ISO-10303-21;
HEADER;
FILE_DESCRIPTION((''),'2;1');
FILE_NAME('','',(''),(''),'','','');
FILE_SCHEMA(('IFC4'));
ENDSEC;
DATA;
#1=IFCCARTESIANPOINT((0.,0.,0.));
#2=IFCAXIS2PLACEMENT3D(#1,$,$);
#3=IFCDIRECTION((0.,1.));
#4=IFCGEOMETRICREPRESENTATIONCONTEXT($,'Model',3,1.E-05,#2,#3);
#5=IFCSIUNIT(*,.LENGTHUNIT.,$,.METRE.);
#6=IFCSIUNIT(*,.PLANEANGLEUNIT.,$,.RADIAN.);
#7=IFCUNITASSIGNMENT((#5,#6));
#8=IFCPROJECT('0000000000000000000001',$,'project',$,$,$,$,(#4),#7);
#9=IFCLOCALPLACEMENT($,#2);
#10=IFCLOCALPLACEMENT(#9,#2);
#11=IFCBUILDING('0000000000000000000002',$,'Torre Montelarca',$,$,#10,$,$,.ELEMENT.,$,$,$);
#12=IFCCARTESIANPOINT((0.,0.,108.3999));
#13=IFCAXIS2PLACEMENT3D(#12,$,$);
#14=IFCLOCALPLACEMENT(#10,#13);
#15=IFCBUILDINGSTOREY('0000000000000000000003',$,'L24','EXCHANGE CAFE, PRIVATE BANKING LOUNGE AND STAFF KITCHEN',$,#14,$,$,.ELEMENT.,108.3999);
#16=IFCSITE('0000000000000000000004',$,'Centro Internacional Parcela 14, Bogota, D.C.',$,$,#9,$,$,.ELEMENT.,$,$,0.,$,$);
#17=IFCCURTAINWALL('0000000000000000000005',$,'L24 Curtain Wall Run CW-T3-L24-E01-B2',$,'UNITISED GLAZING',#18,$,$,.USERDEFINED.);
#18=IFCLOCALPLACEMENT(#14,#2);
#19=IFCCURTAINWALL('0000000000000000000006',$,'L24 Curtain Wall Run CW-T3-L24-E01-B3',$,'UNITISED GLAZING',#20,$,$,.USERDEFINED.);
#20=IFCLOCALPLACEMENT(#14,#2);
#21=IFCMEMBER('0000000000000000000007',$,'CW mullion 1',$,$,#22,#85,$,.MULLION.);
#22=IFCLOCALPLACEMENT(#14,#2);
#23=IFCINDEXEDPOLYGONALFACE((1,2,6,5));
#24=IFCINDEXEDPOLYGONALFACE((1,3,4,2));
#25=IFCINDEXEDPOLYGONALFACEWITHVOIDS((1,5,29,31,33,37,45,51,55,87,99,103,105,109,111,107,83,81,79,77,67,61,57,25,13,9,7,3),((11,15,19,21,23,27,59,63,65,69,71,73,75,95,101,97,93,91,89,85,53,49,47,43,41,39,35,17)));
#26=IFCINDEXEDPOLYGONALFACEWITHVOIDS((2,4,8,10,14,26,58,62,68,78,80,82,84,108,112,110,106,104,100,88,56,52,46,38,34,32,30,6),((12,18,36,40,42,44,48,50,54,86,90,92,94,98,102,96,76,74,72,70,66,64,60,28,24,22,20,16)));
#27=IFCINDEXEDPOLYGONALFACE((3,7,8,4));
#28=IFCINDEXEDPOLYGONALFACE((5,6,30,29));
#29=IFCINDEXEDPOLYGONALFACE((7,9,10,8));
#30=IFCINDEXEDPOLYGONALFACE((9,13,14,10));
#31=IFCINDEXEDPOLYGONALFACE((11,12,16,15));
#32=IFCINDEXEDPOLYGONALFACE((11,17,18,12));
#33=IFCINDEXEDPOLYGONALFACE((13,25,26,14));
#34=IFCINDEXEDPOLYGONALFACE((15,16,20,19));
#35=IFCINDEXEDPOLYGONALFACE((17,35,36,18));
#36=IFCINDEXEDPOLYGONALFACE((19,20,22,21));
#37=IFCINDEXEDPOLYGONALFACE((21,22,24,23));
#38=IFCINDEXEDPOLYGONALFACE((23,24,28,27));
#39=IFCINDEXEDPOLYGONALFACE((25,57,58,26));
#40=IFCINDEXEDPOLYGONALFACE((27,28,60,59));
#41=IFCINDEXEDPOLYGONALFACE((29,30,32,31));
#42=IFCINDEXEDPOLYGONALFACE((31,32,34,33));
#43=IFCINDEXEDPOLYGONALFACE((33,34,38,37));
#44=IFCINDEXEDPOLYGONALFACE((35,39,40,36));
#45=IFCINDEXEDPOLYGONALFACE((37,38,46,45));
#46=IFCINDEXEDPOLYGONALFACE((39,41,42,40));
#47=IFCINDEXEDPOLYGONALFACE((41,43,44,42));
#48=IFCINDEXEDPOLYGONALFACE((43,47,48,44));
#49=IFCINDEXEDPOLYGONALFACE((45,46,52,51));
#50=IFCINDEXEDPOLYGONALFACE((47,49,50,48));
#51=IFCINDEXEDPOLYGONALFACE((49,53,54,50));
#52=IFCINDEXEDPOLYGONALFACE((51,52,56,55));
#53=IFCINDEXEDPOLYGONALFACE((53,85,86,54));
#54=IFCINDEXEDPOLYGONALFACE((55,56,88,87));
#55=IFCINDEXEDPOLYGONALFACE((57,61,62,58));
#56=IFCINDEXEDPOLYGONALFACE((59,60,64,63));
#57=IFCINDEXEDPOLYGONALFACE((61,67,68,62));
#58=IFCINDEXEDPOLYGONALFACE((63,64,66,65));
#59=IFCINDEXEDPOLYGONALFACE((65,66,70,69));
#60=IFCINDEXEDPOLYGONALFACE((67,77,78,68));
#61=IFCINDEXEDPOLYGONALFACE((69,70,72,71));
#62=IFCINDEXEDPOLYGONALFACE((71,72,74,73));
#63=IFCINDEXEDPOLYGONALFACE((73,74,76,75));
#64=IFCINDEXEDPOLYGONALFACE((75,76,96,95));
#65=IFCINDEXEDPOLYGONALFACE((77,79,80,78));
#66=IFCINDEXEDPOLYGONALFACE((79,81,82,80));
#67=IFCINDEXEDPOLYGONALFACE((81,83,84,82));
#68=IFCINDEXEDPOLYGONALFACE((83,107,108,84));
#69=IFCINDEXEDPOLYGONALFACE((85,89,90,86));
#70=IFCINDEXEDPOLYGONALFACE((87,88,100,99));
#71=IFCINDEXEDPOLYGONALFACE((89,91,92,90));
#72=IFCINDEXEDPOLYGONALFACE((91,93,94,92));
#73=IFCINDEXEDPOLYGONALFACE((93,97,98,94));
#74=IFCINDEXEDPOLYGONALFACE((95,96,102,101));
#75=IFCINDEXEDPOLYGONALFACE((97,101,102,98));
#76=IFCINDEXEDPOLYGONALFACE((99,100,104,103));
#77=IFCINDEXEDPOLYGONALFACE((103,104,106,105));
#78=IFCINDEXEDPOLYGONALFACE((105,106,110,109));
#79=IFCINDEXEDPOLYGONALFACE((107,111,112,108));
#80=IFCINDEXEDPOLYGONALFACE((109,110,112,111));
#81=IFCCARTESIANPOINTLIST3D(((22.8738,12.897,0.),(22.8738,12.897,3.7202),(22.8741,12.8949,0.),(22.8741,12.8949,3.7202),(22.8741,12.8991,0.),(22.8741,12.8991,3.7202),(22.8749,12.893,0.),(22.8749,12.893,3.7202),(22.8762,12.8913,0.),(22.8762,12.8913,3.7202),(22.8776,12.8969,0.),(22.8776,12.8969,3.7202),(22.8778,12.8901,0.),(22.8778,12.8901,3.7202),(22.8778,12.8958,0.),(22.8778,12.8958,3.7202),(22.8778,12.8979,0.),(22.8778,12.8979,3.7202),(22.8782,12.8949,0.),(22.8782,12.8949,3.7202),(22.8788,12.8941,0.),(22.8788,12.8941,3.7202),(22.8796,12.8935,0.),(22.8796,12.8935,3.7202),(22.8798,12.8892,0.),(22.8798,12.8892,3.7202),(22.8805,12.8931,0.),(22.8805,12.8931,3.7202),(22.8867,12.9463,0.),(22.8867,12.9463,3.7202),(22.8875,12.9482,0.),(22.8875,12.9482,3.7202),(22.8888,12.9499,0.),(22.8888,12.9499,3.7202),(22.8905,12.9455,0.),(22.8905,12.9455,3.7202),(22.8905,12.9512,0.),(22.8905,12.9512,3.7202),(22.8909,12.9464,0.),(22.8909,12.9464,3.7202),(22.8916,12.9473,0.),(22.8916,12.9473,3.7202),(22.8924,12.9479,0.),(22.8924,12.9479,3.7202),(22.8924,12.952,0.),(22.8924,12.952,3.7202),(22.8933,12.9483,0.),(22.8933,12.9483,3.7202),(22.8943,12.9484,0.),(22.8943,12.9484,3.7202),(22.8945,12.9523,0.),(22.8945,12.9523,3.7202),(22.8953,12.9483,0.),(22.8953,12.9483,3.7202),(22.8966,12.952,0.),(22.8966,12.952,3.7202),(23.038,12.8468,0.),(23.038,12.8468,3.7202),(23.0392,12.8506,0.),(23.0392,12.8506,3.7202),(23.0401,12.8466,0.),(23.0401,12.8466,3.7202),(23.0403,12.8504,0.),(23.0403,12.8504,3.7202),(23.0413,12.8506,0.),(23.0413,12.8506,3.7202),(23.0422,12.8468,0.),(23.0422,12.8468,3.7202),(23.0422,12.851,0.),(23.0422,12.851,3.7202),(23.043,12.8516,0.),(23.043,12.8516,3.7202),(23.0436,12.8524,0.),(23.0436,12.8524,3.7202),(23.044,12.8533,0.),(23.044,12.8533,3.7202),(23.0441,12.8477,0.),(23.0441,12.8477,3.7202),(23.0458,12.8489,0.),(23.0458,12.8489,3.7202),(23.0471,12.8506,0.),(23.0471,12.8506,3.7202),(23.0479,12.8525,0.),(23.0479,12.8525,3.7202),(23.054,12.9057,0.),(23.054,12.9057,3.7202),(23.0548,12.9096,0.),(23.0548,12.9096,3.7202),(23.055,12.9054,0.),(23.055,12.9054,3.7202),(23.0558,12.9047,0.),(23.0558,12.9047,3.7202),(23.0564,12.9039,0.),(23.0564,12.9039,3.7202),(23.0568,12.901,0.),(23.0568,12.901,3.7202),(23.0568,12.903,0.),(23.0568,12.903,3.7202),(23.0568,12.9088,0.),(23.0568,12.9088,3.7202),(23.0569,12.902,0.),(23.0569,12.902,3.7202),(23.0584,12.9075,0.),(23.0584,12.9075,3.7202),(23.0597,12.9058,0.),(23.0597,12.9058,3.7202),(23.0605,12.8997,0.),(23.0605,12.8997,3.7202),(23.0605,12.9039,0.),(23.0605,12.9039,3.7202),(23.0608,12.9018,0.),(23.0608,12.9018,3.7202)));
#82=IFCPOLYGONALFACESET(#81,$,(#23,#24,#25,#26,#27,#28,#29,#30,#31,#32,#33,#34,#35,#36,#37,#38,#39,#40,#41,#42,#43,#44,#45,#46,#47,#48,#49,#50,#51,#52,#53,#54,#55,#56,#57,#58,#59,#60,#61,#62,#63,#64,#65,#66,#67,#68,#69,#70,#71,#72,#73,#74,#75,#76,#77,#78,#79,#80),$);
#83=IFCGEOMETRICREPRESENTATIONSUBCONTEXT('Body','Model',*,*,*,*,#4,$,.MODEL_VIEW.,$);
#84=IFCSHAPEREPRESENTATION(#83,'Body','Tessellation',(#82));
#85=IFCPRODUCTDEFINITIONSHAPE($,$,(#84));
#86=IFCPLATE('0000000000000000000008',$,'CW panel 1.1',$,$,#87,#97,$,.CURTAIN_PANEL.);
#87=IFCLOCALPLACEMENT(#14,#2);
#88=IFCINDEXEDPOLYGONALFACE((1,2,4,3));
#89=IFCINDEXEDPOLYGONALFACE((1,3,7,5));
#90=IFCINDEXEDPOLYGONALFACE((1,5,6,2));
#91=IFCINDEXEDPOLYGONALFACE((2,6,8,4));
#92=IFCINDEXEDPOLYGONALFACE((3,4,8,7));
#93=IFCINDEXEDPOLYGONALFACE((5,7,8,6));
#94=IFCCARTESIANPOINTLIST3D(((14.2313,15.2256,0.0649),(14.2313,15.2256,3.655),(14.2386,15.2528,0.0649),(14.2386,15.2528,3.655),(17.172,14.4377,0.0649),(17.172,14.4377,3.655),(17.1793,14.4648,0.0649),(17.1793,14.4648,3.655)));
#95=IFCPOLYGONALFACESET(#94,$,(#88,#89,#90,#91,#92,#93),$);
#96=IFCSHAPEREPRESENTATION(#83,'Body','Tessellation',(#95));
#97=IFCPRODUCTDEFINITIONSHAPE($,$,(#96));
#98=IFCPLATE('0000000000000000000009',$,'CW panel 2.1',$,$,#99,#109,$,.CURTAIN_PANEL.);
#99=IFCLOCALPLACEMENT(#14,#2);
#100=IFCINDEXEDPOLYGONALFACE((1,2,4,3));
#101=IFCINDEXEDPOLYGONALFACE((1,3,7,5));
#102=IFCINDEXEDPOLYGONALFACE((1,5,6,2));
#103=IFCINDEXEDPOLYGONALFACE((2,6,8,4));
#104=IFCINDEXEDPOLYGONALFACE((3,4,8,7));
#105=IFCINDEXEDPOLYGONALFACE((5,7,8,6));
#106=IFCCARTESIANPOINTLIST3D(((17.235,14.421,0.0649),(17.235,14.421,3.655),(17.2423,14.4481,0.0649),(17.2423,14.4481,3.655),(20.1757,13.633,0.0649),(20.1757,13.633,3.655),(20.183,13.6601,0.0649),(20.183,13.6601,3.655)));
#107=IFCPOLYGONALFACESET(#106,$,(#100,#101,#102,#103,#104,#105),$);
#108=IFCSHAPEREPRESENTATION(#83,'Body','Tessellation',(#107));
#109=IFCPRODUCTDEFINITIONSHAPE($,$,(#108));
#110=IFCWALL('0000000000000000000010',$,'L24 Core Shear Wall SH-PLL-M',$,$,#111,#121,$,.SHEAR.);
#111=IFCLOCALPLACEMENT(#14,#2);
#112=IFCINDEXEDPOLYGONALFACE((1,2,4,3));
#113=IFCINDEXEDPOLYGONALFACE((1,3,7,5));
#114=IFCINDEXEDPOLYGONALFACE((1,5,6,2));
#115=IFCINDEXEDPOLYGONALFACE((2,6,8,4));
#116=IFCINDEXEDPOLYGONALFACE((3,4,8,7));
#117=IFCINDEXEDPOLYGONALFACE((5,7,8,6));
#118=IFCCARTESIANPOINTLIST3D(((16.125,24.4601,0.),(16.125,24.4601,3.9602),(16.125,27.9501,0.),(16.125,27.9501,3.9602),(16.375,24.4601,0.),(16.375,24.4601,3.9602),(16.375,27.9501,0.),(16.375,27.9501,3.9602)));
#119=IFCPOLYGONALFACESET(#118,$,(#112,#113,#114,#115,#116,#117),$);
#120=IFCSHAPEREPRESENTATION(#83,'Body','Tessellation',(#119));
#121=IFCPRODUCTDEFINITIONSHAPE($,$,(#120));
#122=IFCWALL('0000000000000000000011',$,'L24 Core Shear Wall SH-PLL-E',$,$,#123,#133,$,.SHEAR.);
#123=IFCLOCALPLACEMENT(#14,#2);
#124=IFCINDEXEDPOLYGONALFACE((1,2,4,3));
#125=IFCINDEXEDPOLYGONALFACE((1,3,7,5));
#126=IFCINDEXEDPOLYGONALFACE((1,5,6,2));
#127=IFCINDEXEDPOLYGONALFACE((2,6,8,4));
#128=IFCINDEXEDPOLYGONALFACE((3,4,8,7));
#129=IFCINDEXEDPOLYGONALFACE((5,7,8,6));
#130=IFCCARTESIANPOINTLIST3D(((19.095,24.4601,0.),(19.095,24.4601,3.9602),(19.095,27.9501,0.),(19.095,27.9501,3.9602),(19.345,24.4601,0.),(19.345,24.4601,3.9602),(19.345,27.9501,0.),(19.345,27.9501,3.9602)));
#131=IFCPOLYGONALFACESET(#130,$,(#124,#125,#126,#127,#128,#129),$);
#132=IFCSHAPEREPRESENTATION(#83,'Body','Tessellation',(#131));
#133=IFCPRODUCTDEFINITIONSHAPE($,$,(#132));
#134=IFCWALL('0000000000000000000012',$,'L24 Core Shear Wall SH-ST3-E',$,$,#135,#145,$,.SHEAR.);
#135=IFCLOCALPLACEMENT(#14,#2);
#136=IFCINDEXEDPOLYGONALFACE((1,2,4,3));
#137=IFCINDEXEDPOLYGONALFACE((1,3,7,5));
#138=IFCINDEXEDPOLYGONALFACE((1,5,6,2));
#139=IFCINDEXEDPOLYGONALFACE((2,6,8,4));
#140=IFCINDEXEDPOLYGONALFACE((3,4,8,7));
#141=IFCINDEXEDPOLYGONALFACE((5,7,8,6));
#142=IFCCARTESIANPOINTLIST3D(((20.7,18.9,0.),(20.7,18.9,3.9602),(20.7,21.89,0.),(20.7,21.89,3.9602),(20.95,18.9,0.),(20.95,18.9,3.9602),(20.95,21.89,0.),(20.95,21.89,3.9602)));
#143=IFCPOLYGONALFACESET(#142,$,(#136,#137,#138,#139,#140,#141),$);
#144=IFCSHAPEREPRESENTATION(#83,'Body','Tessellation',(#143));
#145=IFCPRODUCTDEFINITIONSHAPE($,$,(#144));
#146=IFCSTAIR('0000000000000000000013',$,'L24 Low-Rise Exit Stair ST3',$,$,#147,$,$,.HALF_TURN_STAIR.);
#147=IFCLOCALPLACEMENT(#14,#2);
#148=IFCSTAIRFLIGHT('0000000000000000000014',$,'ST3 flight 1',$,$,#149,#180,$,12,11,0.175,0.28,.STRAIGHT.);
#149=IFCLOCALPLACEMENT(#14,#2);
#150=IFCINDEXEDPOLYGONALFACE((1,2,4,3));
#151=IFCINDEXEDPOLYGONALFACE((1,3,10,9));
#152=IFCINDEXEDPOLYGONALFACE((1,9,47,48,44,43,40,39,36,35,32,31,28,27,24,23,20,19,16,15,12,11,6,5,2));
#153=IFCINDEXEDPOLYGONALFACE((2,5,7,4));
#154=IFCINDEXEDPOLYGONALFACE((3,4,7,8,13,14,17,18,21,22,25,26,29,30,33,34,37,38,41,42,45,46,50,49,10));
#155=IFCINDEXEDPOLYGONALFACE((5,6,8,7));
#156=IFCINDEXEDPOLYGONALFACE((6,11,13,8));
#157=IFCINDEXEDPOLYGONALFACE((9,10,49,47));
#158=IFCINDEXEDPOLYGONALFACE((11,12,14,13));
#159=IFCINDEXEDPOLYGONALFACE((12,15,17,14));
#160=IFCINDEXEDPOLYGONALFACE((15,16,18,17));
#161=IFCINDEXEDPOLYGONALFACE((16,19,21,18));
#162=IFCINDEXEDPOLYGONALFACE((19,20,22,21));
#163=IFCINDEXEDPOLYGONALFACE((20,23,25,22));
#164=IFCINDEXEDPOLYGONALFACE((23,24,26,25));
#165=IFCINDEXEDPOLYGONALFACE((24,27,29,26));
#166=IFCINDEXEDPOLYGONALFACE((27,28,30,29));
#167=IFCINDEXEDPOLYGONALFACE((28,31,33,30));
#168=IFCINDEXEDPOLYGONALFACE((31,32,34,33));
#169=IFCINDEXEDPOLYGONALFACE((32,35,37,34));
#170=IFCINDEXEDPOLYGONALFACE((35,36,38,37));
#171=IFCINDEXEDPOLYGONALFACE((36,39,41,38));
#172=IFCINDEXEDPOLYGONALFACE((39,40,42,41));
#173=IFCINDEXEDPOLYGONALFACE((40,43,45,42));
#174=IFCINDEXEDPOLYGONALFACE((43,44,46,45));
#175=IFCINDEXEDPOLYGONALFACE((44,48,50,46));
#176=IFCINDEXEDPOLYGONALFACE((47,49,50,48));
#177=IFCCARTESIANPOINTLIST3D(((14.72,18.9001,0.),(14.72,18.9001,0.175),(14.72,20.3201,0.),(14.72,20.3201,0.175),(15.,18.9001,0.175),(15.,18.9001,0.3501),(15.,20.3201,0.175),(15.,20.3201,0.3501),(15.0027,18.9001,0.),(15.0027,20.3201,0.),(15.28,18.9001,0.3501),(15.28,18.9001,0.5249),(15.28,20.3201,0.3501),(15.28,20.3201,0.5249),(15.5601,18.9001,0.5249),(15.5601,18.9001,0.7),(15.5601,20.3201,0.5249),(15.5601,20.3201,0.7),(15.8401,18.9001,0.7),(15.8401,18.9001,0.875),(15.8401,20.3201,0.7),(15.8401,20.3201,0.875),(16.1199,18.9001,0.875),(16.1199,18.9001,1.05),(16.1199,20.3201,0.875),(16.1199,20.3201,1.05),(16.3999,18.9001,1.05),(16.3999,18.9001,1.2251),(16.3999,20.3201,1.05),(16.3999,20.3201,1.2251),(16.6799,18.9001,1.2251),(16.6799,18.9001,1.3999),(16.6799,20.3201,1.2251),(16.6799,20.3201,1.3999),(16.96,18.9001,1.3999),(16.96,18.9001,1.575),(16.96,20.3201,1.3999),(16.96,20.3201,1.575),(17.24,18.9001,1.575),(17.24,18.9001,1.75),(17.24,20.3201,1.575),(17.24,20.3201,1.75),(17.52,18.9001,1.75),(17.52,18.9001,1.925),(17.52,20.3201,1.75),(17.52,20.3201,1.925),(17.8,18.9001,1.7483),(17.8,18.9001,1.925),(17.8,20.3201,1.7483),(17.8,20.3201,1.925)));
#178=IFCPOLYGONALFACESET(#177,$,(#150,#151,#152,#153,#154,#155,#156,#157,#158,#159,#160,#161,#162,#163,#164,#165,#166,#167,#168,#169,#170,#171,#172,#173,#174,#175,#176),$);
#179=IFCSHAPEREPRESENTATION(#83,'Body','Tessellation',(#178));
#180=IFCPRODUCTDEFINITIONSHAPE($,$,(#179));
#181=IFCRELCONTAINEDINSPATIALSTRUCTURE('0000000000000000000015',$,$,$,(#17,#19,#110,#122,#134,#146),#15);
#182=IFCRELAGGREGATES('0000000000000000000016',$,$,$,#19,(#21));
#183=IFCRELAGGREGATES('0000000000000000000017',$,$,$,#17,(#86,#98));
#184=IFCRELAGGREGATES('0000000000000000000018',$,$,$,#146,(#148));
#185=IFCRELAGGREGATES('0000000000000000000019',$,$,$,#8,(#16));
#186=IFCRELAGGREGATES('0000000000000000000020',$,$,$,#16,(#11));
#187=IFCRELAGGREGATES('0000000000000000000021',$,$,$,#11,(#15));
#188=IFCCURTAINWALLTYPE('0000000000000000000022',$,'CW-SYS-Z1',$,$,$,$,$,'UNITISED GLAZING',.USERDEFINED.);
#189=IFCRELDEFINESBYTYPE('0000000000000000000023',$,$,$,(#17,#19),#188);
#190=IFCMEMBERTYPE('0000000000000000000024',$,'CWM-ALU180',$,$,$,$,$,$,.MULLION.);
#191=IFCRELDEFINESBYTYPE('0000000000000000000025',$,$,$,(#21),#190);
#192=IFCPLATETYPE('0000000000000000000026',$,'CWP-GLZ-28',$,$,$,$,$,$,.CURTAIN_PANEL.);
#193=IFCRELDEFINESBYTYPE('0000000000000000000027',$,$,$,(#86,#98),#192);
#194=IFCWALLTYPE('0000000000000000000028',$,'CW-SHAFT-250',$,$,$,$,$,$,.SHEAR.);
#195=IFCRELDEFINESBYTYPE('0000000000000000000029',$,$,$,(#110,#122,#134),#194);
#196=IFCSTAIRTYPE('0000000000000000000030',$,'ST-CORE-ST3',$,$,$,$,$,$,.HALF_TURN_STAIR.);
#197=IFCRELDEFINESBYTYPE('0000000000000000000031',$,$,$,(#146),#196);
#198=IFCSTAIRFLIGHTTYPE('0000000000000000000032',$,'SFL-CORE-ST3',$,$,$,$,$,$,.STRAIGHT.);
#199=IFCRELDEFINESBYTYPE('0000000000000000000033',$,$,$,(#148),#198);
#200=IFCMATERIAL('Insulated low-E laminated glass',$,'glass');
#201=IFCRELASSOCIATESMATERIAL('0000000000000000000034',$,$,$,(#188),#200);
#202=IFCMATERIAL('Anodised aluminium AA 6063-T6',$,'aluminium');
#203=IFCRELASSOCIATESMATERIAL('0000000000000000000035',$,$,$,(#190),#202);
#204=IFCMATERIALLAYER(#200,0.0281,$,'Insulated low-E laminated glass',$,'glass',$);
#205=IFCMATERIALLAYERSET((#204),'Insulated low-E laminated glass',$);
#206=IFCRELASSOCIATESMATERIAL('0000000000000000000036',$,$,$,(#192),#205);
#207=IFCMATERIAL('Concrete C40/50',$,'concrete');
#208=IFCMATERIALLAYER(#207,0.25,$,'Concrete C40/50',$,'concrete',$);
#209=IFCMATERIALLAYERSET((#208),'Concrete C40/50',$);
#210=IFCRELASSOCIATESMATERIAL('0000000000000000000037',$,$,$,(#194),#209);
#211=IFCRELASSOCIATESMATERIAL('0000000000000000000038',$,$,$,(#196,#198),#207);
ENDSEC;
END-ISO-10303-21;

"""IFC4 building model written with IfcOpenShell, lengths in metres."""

from ifc_helpers import new_model, si_unit, direction, frame, frame_2d, origin, origin_2d, place, context, subcontext, project, spatial, polyline, rectangle, hollow_rectangle, outline, extrude, source, transform, mapped, material, layer, layer_set, material_profile, profile_set, type_object, element, aggregate, save


model = new_model("IFC4")

# Units and contexts
model_context = context("Model", 3, precision=1e-05, world=origin(), true_north=direction((0.0, 1.0)))
body_context = subcontext(model_context, "Body", "Model", "MODEL_VIEW")
ifc_project = project(units=[si_unit("LENGTHUNIT", "METRE"), si_unit("PLANEANGLEUNIT", "RADIAN")], contexts=[model_context])

# Site, building, storey
site_placement = place(None, origin())
site = spatial("IfcSite", under=ifc_project, at=site_placement, Name="Centro Internacional Parcela 14, Bogota, D.C.", CompositionType="ELEMENT", RefElevation=0.0)
building_placement = place(site_placement, origin())
building = spatial("IfcBuilding", under=site, at=building_placement, Name="Torre Montelarca", CompositionType="ELEMENT")
storey_placement = place(building_placement, frame((0.0, 0.0, 108.3999)))
storey = spatial("IfcBuildingStorey", under=building, at=storey_placement, Name="L24", Description="EXCHANGE CAFE, PRIVATE BANKING LOUNGE AND STAFF KITCHEN", CompositionType="ELEMENT", Elevation=108.3999)

# Curtain wall
ifc_material_1 = material(Name="Insulated low-E laminated glass", Category="glass")
curtain_wall_type = type_object("IfcCurtainWallType", Name="CW-SYS-Z1", ElementType="UNITISED GLAZING", PredefinedType="USERDEFINED", material=ifc_material_1)
curtain_wall_1_placement = place(storey_placement, origin())
curtain_wall_1 = element("IfcCurtainWall", 1, at=curtain_wall_1_placement, inside=storey, type_object=curtain_wall_type, Name="L24 Curtain Wall Run CW-T3-L24-E01-B2", ObjectType="UNITISED GLAZING", PredefinedType="USERDEFINED")
ifc_material_2 = material(Name="Anodised aluminium AA 6063-T6", Category="aluminium")
ifc_material_profile_1 = material_profile(ifc_material_2, hollow_rectangle(XDim=0.0649, YDim=0.1799, WallThickness=0.0039, InnerFilletRadius=0.0039, OuterFilletRadius=0.0081, at=origin_2d()), Name="ALU65X180X4", Category="aluminium")
ifc_profile_set_1 = profile_set([ifc_material_profile_1], Name="Anodised aluminium AA 6063-T6")
member_type_1 = type_object("IfcMemberType", Name="CWM-ALU180", PredefinedType="MULLION", material=ifc_profile_set_1)
shared_shape_1 = source(origin(), body_context, "Body", "SweptSolid", [
    extrude(hollow_rectangle(XDim=0.0649, YDim=0.1799, WallThickness=0.0039, InnerFilletRadius=0.0039, OuterFilletRadius=0.0081, at=origin_2d()), origin(), (0.0, 0.0, 1.0), 3.7202),
])

# Curtain wall, member
curtain_wall_2_placement = place(storey_placement, origin())
curtain_wall_2 = element("IfcCurtainWall", 2, at=curtain_wall_2_placement, inside=storey, type_object=curtain_wall_type, Name="L24 Curtain Wall Run CW-T3-L24-E01-B3", ObjectType="UNITISED GLAZING", PredefinedType="USERDEFINED")
member_1_placement = place(storey_placement, frame((22.9673, 12.8994, 0.0), z_axis=(0.0, 0.0, 1.0), x_axis=(0.258822, 0.965925, 0.0)))
member_1 = element("IfcMember", 3, at=member_1_placement, type_object=member_type_1, Name="CW mullion 1", PredefinedType="MULLION", context=body_context, shape_type="MappedRepresentation", body=[
    mapped(shared_shape_1, transform((0.0, 0.0, 0.0), scale=1.0)),
])
aggregate(curtain_wall_2, [member_1])

# Plates
ifc_layer_1 = layer(ifc_material_1, 0.0281, Name="Insulated low-E laminated glass", Category="glass")
ifc_layer_set_1 = layer_set([ifc_layer_1], Name="Insulated low-E laminated glass")
plate_type = type_object("IfcPlateType", Name="CWP-GLZ-28", PredefinedType="CURTAIN_PANEL", material=ifc_layer_set_1)
shared_shape_2 = source(origin(), body_context, "Body", "SweptSolid", [
    extrude(rectangle(XDim=3.0444, YDim=0.0281, at=origin_2d()), origin(), (0.0, 0.0, 1.0), 3.5901),
])
plate_1_placement = place(storey_placement, frame((15.7053, 14.8452, 0.0649), z_axis=(0.0, 0.0, 1.0), x_axis=(0.965925, -0.258823, 0.0)))
plate_1 = element("IfcPlate", 4, at=plate_1_placement, type_object=plate_type, Name="CW panel 1.1", PredefinedType="CURTAIN_PANEL", context=body_context, shape_type="MappedRepresentation", body=[
    mapped(shared_shape_2, transform((0.0, 0.0, 0.0), scale=1.0)),
])
plate_2_placement = place(storey_placement, frame((18.709, 14.0405, 0.0649), z_axis=(0.0, 0.0, 1.0), x_axis=(0.965925, -0.258823, 0.0)))
plate_2 = element("IfcPlate", 5, at=plate_2_placement, type_object=plate_type, Name="CW panel 2.1", PredefinedType="CURTAIN_PANEL", context=body_context, shape_type="MappedRepresentation", body=[
    mapped(shared_shape_2, transform((0.0, 0.0, 0.0), scale=1.0)),
])
aggregate(curtain_wall_1, [plate_1, plate_2])

# Walls
ifc_material_3 = material(Name="Concrete C40/50", Category="concrete")
ifc_layer_2 = layer(ifc_material_3, 0.25, Name="Concrete C40/50", Category="concrete")
ifc_layer_set_2 = layer_set([ifc_layer_2], Name="Concrete C40/50")
wall_type = type_object("IfcWallType", Name="CW-SHAFT-250", PredefinedType="SHEAR", material=ifc_layer_set_2)
for number, where, z_axis, x_axis, name in (
    (6, (16.25, 24.46, 0.0), (0.0, 0.0, 1.0), (0.0, 1.0, 0.0), "L24 Core Shear Wall SH-PLL-M"),
    (7, (19.22, 24.46, 0.0), (0.0, 0.0, 1.0), (0.0, 1.0, 0.0), "L24 Core Shear Wall SH-PLL-E"),
):
    element("IfcWall", number, at=place(storey_placement, frame(where, z_axis=z_axis, x_axis=x_axis)), inside=storey, type_object=wall_type, Name=name, PredefinedType="SHEAR", context=body_context, shape_type="SweptSolid", body=[
        extrude(rectangle(XDim=3.49, YDim=0.25, at=frame_2d((1.7451, 0.0))), origin(), (0.0, 0.0, 1.0), 3.9602),
    ])
wall_placement = place(storey_placement, frame((20.825, 18.8999, 0.0), z_axis=(0.0, 0.0, 1.0), x_axis=(0.0, 1.0, 0.0)))
element("IfcWall", 8, at=wall_placement, inside=storey, type_object=wall_type, Name="L24 Core Shear Wall SH-ST3-E", PredefinedType="SHEAR", context=body_context, shape_type="SweptSolid", body=[
    extrude(rectangle(XDim=2.99, YDim=0.25, at=frame_2d((1.4951, 0.0))), origin(), (0.0, 0.0, 1.0), 3.9602),
])

# Stair, stair flight
stair_type = type_object("IfcStairType", Name="ST-CORE-ST3", PredefinedType="HALF_TURN_STAIR", material=ifc_material_3)
stair_placement = place(storey_placement, origin())
stair = element("IfcStair", 9, at=stair_placement, inside=storey, type_object=stair_type, Name="L24 Low-Rise Exit Stair ST3", PredefinedType="HALF_TURN_STAIR")
stair_flight_type = type_object("IfcStairFlightType", Name="SFL-CORE-ST3", PredefinedType="STRAIGHT", material=ifc_material_3)
stair_flight_1_placement = place(storey_placement, frame((14.72, 19.6101, 0.0), z_axis=(0.0, 0.0, 1.0), x_axis=(1.0, 0.0, 0.0)))
stair_flight_1 = element("IfcStairFlight", 10, at=stair_flight_1_placement, type_object=stair_flight_type, Name="ST3 flight 1", NumberOfRisers=12, NumberOfTreads=11, PredefinedType="STRAIGHT", RiserHeight=0.175, TreadLength=0.28, context=body_context, shape_type="SweptSolid", body=[
    extrude(outline(polyline([(0.0, 0.0), (0.0, 0.175), (0.28, 0.175), (0.28, 0.3501), (0.5601, 0.3501), (0.5601, 0.5249), (0.8401, 0.5249), (0.8401, 0.7), (1.1201, 0.7), (1.1201, 0.875), (1.3999, 0.875), (1.3999, 1.05), (1.6799, 1.05), (1.6799, 1.2251), (1.96, 1.2251), (1.96, 1.3999), (2.24, 1.3999), (2.24, 1.575), (2.52, 1.575), (2.52, 1.75), (2.8, 1.75), (2.8, 1.925), (3.0801, 1.925), (3.0801, 2.1001), (3.0801, 1.7483), (0.2827, 0.0), (0.0, 0.0)])), frame((0.0, 0.71, 0.0), z_axis=(0.0, -1.0, 0.0), x_axis=(1.0, 0.0, 0.0)), (0.0, 0.0, 1.0), 1.4199),
])
aggregate(stair, [stair_flight_1])

save(model, "model.ifc")
